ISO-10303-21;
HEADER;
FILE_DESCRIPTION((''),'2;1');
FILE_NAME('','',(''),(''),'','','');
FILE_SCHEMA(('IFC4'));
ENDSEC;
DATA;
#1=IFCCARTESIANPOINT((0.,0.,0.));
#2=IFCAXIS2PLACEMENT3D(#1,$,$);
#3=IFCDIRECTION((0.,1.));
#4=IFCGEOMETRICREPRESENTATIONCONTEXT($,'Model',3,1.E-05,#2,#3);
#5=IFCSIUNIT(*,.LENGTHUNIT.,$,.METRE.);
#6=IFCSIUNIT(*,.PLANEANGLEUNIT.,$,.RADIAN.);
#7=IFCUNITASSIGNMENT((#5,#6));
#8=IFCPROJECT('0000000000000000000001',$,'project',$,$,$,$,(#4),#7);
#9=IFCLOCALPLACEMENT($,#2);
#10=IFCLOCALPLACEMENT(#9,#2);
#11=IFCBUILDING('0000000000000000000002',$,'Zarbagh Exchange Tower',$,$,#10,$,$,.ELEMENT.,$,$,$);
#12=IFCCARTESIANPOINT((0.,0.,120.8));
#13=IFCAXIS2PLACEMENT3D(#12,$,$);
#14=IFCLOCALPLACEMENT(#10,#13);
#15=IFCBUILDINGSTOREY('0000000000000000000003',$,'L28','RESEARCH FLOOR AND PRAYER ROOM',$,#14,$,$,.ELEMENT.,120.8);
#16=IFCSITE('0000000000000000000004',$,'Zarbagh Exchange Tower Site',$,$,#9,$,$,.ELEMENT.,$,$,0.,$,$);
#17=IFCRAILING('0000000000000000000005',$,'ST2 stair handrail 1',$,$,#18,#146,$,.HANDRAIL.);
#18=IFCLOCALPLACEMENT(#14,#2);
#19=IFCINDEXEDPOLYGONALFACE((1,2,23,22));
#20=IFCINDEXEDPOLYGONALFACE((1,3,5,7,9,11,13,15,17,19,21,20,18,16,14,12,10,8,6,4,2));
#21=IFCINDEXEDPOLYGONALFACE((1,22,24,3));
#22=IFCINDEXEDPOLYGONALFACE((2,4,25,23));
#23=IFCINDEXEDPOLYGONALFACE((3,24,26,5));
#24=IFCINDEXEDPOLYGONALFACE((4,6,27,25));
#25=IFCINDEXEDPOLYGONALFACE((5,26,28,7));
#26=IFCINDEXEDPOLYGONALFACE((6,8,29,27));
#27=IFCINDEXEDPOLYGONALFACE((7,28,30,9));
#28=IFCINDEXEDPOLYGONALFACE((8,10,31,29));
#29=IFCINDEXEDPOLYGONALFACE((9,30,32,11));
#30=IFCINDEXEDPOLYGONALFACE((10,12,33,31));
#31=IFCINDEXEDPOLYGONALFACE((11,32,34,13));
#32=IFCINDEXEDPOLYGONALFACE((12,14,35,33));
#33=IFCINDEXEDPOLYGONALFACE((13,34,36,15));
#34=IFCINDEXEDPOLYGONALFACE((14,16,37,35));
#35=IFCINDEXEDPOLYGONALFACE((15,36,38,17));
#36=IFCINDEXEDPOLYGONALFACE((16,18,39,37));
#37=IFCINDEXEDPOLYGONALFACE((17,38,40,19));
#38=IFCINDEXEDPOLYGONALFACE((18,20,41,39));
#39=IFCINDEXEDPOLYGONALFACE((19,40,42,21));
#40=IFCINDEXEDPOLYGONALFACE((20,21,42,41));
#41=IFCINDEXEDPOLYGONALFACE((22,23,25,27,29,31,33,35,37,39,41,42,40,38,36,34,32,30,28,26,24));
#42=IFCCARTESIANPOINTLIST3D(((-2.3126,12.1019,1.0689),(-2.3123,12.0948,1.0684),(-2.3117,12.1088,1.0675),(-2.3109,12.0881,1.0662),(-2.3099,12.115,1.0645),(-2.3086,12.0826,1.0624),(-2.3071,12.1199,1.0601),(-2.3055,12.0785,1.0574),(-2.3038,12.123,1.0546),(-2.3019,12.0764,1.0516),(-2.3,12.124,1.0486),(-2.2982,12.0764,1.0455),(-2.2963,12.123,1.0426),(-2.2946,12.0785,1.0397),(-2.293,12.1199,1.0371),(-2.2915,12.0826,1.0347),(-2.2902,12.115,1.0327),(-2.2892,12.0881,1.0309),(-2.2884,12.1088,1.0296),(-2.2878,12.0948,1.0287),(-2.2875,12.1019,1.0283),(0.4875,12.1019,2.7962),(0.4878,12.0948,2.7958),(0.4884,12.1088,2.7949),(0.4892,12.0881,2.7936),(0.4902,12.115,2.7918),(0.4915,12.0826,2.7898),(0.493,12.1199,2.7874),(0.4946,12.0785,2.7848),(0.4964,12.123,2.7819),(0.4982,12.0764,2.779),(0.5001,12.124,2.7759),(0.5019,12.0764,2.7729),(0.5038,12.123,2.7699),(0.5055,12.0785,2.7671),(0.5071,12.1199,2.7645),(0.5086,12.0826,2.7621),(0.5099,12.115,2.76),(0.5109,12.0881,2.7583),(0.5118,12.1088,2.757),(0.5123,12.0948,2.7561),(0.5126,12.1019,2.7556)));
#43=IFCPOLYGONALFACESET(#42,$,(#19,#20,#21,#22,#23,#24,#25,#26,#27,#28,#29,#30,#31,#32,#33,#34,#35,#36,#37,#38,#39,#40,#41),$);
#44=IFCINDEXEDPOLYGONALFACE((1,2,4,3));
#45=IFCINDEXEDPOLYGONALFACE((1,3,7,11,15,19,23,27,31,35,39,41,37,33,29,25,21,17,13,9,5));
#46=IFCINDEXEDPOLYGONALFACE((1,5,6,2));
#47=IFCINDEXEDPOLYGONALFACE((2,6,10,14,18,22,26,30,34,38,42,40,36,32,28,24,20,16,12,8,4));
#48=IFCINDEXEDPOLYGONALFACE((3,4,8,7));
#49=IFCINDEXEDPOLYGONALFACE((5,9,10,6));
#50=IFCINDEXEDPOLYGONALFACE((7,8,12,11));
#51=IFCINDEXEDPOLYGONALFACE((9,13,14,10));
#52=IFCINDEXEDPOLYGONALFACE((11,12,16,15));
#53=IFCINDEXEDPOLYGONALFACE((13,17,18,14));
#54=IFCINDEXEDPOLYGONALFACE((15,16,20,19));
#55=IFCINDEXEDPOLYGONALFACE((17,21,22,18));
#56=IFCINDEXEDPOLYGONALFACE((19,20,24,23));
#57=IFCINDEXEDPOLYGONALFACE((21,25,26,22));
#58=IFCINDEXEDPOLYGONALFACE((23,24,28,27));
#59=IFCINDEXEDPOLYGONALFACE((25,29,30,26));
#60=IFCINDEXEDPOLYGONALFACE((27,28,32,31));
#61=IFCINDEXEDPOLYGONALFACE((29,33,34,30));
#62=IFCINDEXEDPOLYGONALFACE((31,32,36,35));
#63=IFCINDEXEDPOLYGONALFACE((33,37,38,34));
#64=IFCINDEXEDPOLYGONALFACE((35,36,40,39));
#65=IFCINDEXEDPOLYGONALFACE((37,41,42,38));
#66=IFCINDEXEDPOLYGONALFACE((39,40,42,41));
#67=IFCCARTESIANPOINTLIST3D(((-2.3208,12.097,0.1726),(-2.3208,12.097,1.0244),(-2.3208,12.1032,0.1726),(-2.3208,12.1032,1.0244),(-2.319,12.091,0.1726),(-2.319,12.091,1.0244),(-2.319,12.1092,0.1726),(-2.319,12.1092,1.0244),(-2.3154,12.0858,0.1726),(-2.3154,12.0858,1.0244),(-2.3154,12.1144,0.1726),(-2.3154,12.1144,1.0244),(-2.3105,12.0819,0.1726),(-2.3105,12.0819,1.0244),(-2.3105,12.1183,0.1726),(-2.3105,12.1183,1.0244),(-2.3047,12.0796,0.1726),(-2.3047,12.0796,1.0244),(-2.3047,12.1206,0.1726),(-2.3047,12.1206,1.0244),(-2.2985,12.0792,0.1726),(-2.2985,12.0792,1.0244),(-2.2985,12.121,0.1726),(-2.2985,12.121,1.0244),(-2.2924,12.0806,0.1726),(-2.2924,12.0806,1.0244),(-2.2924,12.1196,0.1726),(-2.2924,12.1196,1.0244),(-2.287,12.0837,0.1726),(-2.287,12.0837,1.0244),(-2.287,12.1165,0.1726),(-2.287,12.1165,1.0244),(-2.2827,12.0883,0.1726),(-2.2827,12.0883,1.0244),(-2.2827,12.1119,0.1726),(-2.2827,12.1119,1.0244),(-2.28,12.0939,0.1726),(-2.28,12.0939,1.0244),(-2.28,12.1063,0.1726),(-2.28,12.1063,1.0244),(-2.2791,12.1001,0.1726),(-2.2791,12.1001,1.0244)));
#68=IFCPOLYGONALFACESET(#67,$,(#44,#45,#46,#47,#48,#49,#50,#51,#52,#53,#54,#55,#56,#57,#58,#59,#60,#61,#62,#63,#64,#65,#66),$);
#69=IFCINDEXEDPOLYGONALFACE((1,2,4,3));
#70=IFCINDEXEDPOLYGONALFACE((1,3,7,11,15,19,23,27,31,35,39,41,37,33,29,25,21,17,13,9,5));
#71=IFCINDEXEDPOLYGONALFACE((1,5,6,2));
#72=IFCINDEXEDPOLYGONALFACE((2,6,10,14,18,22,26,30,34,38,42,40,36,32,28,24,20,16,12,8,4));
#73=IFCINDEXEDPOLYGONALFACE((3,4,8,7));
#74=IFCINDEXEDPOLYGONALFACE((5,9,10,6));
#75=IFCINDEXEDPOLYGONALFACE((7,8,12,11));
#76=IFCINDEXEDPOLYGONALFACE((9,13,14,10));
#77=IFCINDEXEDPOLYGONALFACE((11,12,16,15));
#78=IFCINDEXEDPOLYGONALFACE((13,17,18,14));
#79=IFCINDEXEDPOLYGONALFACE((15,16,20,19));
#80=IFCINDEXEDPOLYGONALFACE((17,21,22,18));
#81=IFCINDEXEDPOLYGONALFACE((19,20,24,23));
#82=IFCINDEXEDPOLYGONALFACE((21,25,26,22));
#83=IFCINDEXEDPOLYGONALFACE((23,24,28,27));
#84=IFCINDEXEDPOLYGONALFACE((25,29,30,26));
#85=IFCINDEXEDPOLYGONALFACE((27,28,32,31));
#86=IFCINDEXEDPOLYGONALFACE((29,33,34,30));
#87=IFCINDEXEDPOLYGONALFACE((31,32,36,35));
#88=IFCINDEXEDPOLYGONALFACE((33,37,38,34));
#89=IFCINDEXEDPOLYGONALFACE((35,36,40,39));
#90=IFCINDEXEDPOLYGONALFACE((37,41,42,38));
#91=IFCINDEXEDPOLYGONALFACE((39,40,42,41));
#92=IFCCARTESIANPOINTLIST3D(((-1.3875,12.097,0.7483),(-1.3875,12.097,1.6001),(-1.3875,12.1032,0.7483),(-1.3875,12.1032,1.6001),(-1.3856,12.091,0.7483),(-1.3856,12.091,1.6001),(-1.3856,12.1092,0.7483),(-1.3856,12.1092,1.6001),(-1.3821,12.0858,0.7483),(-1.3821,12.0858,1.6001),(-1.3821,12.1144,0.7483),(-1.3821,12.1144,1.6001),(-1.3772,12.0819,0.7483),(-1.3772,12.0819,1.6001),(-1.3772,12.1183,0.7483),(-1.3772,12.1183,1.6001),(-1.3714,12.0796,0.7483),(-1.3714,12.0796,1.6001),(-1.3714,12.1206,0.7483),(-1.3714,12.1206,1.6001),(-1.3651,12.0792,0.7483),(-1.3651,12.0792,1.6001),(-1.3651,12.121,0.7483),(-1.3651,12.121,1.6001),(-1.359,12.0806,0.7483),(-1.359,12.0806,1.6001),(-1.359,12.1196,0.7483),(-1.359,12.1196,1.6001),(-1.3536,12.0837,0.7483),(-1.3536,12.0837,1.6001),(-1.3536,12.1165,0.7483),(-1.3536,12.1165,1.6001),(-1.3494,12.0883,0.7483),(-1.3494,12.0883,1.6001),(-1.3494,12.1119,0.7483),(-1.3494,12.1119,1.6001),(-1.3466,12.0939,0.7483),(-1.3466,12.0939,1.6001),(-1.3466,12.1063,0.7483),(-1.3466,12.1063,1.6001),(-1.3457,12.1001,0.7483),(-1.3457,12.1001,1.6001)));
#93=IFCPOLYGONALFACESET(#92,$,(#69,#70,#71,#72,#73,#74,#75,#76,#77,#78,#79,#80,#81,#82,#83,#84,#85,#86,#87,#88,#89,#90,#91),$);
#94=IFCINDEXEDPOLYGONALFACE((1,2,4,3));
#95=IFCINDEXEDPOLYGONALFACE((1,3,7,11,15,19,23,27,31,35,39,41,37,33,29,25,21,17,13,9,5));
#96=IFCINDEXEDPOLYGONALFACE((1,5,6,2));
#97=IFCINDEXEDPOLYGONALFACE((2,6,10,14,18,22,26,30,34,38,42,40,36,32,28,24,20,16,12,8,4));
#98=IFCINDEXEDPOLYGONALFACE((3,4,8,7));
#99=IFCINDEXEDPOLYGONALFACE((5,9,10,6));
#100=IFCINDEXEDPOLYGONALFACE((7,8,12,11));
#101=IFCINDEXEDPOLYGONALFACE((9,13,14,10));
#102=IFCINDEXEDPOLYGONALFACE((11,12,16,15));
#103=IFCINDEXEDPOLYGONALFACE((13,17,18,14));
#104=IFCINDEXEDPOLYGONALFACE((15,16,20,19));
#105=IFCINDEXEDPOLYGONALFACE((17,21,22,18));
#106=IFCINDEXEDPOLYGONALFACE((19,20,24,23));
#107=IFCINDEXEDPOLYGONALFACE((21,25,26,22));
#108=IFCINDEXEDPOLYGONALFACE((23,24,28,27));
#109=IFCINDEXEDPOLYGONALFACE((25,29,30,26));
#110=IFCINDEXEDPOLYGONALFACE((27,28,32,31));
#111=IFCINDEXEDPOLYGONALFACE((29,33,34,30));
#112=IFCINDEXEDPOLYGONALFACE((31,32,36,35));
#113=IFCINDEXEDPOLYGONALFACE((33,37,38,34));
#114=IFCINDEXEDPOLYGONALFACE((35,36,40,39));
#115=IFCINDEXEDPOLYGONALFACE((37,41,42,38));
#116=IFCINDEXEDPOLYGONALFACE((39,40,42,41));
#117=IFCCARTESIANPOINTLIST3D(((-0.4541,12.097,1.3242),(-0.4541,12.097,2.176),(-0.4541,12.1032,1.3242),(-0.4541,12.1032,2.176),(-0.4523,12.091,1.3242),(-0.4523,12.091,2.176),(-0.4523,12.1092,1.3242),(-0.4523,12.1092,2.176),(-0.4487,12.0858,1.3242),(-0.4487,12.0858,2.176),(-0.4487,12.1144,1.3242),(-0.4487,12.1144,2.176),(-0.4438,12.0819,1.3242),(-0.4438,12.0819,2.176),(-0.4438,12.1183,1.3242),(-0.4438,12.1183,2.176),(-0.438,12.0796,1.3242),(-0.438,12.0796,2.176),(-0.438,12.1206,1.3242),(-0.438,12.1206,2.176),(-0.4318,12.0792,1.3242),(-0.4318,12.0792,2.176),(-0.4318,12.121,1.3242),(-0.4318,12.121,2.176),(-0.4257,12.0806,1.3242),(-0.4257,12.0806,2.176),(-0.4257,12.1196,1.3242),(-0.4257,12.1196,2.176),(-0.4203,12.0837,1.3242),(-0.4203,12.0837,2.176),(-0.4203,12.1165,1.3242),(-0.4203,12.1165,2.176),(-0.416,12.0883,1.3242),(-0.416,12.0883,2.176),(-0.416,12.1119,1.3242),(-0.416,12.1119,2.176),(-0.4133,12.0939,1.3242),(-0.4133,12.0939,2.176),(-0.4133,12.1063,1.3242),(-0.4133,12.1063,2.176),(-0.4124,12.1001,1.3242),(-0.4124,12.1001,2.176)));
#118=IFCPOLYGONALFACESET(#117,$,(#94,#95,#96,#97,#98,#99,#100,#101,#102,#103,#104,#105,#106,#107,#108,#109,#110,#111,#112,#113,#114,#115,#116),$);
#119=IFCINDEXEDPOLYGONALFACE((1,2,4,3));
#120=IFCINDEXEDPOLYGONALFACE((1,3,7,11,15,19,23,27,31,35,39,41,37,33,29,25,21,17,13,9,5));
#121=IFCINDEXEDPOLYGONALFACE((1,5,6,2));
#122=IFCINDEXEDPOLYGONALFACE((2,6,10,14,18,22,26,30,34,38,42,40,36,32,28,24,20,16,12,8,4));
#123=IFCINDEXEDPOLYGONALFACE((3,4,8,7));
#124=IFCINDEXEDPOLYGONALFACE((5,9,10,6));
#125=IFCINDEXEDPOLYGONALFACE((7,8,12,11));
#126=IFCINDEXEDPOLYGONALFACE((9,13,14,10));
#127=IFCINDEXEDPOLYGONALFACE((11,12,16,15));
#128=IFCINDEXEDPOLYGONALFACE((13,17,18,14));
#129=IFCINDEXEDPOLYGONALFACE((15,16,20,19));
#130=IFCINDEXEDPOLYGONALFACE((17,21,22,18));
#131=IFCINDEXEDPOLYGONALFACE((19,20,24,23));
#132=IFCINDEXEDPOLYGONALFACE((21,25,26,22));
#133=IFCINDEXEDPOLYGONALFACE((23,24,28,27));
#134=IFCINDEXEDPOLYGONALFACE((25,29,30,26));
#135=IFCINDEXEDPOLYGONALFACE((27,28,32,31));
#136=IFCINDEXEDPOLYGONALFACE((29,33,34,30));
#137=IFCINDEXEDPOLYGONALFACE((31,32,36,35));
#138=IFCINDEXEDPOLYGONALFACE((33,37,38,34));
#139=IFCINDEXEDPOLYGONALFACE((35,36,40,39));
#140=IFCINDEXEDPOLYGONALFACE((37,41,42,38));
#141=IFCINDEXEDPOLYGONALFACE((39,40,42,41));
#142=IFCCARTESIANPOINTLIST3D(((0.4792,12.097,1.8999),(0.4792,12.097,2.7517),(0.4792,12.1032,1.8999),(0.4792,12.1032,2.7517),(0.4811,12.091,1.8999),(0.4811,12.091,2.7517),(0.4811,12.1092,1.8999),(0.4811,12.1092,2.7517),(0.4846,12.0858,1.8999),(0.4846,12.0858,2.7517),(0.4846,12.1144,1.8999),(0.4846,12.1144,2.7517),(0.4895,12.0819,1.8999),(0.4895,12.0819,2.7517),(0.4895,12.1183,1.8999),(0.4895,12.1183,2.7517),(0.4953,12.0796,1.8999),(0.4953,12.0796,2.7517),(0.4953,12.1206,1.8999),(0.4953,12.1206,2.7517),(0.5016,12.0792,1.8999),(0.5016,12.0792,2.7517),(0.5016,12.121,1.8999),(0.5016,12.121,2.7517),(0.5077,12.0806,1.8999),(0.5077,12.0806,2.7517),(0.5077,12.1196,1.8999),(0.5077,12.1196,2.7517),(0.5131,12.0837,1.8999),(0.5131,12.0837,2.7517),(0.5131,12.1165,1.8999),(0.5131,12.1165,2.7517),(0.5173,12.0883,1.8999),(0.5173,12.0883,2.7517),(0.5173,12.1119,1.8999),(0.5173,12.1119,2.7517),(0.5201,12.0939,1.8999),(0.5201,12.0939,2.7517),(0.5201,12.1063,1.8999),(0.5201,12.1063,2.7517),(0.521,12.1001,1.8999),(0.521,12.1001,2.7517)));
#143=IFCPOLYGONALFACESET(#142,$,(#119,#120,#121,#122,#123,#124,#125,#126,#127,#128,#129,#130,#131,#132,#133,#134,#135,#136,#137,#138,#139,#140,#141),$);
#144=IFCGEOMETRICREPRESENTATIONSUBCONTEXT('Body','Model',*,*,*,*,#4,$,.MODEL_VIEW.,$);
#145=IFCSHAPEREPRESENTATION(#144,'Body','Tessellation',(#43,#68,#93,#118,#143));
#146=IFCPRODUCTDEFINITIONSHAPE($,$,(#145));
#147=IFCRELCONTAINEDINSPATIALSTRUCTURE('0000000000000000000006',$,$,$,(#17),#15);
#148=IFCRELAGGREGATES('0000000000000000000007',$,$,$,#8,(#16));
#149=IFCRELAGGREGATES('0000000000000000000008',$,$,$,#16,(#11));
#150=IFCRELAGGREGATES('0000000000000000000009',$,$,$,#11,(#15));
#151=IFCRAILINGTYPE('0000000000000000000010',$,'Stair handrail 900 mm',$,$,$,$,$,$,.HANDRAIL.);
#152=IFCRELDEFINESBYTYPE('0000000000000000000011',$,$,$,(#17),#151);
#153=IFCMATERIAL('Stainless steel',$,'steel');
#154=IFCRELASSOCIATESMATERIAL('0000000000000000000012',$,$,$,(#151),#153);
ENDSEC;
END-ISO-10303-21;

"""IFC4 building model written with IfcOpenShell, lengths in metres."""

from ifc_helpers import new_model, si_unit, direction, frame, origin, origin_2d, place, context, subcontext, project, spatial, circle, extrude, material, type_object, element, save


model = new_model("IFC4")

# Units and contexts
model_context = context("Model", 3, precision=1e-05, world=origin(), true_north=direction((0.0, 1.0)))
body_context = subcontext(model_context, "Body", "Model", "MODEL_VIEW")
ifc_project = project(units=[si_unit("LENGTHUNIT", "METRE"), si_unit("PLANEANGLEUNIT", "RADIAN")], contexts=[model_context])

# Site, building, storey
site_placement = place(None, origin())
site = spatial("IfcSite", under=ifc_project, at=site_placement, Name="Zarbagh Exchange Tower Site", CompositionType="ELEMENT", RefElevation=0.0)
building_placement = place(site_placement, origin())
building = spatial("IfcBuilding", under=site, at=building_placement, Name="Zarbagh Exchange Tower", CompositionType="ELEMENT")
storey_placement = place(building_placement, frame((0.0, 0.0, 120.8)))
storey = spatial("IfcBuildingStorey", under=building, at=storey_placement, Name="L28", Description="RESEARCH FLOOR AND PRAYER ROOM", CompositionType="ELEMENT", Elevation=120.8)

# Railing
ifc_material_1 = material(Name="Stainless steel", Category="steel")
railing_type_1 = type_object("IfcRailingType", Name="Stair handrail 900 mm", PredefinedType="HANDRAIL", material=ifc_material_1)
railing_1_placement = place(storey_placement, frame((-2.3, 12.1001, 0.1726)))
element("IfcRailing", 1, at=railing_1_placement, inside=storey, type_object=railing_type_1, Name="ST2 stair handrail 1", PredefinedType="HANDRAIL", context=body_context, shape_type="SweptSolid", body=[
    extrude(circle(Radius=0.0239, at=origin_2d()), frame((0.0, 0.0, 0.876), z_axis=(0.85109, 0.0, 0.52502), x_axis=(0.0, 1.0, 0.0)), (0.0, 0.0, 1.0), 3.29),
    extrude(circle(Radius=0.021, at=origin_2d()), origin(), (0.0, 0.0, 1.0), 0.8518),
    extrude(circle(Radius=0.021, at=origin_2d()), frame((0.9333, 0.0, 0.5757)), (0.0, 0.0, 1.0), 0.8518),
    extrude(circle(Radius=0.021, at=origin_2d()), frame((1.8667, 0.0, 1.1516)), (0.0, 0.0, 1.0), 0.8518),
    extrude(circle(Radius=0.021, at=origin_2d()), frame((2.8, 0.0, 1.7273)), (0.0, 0.0, 1.0), 0.8518),
])

save(model, "model.ifc")
